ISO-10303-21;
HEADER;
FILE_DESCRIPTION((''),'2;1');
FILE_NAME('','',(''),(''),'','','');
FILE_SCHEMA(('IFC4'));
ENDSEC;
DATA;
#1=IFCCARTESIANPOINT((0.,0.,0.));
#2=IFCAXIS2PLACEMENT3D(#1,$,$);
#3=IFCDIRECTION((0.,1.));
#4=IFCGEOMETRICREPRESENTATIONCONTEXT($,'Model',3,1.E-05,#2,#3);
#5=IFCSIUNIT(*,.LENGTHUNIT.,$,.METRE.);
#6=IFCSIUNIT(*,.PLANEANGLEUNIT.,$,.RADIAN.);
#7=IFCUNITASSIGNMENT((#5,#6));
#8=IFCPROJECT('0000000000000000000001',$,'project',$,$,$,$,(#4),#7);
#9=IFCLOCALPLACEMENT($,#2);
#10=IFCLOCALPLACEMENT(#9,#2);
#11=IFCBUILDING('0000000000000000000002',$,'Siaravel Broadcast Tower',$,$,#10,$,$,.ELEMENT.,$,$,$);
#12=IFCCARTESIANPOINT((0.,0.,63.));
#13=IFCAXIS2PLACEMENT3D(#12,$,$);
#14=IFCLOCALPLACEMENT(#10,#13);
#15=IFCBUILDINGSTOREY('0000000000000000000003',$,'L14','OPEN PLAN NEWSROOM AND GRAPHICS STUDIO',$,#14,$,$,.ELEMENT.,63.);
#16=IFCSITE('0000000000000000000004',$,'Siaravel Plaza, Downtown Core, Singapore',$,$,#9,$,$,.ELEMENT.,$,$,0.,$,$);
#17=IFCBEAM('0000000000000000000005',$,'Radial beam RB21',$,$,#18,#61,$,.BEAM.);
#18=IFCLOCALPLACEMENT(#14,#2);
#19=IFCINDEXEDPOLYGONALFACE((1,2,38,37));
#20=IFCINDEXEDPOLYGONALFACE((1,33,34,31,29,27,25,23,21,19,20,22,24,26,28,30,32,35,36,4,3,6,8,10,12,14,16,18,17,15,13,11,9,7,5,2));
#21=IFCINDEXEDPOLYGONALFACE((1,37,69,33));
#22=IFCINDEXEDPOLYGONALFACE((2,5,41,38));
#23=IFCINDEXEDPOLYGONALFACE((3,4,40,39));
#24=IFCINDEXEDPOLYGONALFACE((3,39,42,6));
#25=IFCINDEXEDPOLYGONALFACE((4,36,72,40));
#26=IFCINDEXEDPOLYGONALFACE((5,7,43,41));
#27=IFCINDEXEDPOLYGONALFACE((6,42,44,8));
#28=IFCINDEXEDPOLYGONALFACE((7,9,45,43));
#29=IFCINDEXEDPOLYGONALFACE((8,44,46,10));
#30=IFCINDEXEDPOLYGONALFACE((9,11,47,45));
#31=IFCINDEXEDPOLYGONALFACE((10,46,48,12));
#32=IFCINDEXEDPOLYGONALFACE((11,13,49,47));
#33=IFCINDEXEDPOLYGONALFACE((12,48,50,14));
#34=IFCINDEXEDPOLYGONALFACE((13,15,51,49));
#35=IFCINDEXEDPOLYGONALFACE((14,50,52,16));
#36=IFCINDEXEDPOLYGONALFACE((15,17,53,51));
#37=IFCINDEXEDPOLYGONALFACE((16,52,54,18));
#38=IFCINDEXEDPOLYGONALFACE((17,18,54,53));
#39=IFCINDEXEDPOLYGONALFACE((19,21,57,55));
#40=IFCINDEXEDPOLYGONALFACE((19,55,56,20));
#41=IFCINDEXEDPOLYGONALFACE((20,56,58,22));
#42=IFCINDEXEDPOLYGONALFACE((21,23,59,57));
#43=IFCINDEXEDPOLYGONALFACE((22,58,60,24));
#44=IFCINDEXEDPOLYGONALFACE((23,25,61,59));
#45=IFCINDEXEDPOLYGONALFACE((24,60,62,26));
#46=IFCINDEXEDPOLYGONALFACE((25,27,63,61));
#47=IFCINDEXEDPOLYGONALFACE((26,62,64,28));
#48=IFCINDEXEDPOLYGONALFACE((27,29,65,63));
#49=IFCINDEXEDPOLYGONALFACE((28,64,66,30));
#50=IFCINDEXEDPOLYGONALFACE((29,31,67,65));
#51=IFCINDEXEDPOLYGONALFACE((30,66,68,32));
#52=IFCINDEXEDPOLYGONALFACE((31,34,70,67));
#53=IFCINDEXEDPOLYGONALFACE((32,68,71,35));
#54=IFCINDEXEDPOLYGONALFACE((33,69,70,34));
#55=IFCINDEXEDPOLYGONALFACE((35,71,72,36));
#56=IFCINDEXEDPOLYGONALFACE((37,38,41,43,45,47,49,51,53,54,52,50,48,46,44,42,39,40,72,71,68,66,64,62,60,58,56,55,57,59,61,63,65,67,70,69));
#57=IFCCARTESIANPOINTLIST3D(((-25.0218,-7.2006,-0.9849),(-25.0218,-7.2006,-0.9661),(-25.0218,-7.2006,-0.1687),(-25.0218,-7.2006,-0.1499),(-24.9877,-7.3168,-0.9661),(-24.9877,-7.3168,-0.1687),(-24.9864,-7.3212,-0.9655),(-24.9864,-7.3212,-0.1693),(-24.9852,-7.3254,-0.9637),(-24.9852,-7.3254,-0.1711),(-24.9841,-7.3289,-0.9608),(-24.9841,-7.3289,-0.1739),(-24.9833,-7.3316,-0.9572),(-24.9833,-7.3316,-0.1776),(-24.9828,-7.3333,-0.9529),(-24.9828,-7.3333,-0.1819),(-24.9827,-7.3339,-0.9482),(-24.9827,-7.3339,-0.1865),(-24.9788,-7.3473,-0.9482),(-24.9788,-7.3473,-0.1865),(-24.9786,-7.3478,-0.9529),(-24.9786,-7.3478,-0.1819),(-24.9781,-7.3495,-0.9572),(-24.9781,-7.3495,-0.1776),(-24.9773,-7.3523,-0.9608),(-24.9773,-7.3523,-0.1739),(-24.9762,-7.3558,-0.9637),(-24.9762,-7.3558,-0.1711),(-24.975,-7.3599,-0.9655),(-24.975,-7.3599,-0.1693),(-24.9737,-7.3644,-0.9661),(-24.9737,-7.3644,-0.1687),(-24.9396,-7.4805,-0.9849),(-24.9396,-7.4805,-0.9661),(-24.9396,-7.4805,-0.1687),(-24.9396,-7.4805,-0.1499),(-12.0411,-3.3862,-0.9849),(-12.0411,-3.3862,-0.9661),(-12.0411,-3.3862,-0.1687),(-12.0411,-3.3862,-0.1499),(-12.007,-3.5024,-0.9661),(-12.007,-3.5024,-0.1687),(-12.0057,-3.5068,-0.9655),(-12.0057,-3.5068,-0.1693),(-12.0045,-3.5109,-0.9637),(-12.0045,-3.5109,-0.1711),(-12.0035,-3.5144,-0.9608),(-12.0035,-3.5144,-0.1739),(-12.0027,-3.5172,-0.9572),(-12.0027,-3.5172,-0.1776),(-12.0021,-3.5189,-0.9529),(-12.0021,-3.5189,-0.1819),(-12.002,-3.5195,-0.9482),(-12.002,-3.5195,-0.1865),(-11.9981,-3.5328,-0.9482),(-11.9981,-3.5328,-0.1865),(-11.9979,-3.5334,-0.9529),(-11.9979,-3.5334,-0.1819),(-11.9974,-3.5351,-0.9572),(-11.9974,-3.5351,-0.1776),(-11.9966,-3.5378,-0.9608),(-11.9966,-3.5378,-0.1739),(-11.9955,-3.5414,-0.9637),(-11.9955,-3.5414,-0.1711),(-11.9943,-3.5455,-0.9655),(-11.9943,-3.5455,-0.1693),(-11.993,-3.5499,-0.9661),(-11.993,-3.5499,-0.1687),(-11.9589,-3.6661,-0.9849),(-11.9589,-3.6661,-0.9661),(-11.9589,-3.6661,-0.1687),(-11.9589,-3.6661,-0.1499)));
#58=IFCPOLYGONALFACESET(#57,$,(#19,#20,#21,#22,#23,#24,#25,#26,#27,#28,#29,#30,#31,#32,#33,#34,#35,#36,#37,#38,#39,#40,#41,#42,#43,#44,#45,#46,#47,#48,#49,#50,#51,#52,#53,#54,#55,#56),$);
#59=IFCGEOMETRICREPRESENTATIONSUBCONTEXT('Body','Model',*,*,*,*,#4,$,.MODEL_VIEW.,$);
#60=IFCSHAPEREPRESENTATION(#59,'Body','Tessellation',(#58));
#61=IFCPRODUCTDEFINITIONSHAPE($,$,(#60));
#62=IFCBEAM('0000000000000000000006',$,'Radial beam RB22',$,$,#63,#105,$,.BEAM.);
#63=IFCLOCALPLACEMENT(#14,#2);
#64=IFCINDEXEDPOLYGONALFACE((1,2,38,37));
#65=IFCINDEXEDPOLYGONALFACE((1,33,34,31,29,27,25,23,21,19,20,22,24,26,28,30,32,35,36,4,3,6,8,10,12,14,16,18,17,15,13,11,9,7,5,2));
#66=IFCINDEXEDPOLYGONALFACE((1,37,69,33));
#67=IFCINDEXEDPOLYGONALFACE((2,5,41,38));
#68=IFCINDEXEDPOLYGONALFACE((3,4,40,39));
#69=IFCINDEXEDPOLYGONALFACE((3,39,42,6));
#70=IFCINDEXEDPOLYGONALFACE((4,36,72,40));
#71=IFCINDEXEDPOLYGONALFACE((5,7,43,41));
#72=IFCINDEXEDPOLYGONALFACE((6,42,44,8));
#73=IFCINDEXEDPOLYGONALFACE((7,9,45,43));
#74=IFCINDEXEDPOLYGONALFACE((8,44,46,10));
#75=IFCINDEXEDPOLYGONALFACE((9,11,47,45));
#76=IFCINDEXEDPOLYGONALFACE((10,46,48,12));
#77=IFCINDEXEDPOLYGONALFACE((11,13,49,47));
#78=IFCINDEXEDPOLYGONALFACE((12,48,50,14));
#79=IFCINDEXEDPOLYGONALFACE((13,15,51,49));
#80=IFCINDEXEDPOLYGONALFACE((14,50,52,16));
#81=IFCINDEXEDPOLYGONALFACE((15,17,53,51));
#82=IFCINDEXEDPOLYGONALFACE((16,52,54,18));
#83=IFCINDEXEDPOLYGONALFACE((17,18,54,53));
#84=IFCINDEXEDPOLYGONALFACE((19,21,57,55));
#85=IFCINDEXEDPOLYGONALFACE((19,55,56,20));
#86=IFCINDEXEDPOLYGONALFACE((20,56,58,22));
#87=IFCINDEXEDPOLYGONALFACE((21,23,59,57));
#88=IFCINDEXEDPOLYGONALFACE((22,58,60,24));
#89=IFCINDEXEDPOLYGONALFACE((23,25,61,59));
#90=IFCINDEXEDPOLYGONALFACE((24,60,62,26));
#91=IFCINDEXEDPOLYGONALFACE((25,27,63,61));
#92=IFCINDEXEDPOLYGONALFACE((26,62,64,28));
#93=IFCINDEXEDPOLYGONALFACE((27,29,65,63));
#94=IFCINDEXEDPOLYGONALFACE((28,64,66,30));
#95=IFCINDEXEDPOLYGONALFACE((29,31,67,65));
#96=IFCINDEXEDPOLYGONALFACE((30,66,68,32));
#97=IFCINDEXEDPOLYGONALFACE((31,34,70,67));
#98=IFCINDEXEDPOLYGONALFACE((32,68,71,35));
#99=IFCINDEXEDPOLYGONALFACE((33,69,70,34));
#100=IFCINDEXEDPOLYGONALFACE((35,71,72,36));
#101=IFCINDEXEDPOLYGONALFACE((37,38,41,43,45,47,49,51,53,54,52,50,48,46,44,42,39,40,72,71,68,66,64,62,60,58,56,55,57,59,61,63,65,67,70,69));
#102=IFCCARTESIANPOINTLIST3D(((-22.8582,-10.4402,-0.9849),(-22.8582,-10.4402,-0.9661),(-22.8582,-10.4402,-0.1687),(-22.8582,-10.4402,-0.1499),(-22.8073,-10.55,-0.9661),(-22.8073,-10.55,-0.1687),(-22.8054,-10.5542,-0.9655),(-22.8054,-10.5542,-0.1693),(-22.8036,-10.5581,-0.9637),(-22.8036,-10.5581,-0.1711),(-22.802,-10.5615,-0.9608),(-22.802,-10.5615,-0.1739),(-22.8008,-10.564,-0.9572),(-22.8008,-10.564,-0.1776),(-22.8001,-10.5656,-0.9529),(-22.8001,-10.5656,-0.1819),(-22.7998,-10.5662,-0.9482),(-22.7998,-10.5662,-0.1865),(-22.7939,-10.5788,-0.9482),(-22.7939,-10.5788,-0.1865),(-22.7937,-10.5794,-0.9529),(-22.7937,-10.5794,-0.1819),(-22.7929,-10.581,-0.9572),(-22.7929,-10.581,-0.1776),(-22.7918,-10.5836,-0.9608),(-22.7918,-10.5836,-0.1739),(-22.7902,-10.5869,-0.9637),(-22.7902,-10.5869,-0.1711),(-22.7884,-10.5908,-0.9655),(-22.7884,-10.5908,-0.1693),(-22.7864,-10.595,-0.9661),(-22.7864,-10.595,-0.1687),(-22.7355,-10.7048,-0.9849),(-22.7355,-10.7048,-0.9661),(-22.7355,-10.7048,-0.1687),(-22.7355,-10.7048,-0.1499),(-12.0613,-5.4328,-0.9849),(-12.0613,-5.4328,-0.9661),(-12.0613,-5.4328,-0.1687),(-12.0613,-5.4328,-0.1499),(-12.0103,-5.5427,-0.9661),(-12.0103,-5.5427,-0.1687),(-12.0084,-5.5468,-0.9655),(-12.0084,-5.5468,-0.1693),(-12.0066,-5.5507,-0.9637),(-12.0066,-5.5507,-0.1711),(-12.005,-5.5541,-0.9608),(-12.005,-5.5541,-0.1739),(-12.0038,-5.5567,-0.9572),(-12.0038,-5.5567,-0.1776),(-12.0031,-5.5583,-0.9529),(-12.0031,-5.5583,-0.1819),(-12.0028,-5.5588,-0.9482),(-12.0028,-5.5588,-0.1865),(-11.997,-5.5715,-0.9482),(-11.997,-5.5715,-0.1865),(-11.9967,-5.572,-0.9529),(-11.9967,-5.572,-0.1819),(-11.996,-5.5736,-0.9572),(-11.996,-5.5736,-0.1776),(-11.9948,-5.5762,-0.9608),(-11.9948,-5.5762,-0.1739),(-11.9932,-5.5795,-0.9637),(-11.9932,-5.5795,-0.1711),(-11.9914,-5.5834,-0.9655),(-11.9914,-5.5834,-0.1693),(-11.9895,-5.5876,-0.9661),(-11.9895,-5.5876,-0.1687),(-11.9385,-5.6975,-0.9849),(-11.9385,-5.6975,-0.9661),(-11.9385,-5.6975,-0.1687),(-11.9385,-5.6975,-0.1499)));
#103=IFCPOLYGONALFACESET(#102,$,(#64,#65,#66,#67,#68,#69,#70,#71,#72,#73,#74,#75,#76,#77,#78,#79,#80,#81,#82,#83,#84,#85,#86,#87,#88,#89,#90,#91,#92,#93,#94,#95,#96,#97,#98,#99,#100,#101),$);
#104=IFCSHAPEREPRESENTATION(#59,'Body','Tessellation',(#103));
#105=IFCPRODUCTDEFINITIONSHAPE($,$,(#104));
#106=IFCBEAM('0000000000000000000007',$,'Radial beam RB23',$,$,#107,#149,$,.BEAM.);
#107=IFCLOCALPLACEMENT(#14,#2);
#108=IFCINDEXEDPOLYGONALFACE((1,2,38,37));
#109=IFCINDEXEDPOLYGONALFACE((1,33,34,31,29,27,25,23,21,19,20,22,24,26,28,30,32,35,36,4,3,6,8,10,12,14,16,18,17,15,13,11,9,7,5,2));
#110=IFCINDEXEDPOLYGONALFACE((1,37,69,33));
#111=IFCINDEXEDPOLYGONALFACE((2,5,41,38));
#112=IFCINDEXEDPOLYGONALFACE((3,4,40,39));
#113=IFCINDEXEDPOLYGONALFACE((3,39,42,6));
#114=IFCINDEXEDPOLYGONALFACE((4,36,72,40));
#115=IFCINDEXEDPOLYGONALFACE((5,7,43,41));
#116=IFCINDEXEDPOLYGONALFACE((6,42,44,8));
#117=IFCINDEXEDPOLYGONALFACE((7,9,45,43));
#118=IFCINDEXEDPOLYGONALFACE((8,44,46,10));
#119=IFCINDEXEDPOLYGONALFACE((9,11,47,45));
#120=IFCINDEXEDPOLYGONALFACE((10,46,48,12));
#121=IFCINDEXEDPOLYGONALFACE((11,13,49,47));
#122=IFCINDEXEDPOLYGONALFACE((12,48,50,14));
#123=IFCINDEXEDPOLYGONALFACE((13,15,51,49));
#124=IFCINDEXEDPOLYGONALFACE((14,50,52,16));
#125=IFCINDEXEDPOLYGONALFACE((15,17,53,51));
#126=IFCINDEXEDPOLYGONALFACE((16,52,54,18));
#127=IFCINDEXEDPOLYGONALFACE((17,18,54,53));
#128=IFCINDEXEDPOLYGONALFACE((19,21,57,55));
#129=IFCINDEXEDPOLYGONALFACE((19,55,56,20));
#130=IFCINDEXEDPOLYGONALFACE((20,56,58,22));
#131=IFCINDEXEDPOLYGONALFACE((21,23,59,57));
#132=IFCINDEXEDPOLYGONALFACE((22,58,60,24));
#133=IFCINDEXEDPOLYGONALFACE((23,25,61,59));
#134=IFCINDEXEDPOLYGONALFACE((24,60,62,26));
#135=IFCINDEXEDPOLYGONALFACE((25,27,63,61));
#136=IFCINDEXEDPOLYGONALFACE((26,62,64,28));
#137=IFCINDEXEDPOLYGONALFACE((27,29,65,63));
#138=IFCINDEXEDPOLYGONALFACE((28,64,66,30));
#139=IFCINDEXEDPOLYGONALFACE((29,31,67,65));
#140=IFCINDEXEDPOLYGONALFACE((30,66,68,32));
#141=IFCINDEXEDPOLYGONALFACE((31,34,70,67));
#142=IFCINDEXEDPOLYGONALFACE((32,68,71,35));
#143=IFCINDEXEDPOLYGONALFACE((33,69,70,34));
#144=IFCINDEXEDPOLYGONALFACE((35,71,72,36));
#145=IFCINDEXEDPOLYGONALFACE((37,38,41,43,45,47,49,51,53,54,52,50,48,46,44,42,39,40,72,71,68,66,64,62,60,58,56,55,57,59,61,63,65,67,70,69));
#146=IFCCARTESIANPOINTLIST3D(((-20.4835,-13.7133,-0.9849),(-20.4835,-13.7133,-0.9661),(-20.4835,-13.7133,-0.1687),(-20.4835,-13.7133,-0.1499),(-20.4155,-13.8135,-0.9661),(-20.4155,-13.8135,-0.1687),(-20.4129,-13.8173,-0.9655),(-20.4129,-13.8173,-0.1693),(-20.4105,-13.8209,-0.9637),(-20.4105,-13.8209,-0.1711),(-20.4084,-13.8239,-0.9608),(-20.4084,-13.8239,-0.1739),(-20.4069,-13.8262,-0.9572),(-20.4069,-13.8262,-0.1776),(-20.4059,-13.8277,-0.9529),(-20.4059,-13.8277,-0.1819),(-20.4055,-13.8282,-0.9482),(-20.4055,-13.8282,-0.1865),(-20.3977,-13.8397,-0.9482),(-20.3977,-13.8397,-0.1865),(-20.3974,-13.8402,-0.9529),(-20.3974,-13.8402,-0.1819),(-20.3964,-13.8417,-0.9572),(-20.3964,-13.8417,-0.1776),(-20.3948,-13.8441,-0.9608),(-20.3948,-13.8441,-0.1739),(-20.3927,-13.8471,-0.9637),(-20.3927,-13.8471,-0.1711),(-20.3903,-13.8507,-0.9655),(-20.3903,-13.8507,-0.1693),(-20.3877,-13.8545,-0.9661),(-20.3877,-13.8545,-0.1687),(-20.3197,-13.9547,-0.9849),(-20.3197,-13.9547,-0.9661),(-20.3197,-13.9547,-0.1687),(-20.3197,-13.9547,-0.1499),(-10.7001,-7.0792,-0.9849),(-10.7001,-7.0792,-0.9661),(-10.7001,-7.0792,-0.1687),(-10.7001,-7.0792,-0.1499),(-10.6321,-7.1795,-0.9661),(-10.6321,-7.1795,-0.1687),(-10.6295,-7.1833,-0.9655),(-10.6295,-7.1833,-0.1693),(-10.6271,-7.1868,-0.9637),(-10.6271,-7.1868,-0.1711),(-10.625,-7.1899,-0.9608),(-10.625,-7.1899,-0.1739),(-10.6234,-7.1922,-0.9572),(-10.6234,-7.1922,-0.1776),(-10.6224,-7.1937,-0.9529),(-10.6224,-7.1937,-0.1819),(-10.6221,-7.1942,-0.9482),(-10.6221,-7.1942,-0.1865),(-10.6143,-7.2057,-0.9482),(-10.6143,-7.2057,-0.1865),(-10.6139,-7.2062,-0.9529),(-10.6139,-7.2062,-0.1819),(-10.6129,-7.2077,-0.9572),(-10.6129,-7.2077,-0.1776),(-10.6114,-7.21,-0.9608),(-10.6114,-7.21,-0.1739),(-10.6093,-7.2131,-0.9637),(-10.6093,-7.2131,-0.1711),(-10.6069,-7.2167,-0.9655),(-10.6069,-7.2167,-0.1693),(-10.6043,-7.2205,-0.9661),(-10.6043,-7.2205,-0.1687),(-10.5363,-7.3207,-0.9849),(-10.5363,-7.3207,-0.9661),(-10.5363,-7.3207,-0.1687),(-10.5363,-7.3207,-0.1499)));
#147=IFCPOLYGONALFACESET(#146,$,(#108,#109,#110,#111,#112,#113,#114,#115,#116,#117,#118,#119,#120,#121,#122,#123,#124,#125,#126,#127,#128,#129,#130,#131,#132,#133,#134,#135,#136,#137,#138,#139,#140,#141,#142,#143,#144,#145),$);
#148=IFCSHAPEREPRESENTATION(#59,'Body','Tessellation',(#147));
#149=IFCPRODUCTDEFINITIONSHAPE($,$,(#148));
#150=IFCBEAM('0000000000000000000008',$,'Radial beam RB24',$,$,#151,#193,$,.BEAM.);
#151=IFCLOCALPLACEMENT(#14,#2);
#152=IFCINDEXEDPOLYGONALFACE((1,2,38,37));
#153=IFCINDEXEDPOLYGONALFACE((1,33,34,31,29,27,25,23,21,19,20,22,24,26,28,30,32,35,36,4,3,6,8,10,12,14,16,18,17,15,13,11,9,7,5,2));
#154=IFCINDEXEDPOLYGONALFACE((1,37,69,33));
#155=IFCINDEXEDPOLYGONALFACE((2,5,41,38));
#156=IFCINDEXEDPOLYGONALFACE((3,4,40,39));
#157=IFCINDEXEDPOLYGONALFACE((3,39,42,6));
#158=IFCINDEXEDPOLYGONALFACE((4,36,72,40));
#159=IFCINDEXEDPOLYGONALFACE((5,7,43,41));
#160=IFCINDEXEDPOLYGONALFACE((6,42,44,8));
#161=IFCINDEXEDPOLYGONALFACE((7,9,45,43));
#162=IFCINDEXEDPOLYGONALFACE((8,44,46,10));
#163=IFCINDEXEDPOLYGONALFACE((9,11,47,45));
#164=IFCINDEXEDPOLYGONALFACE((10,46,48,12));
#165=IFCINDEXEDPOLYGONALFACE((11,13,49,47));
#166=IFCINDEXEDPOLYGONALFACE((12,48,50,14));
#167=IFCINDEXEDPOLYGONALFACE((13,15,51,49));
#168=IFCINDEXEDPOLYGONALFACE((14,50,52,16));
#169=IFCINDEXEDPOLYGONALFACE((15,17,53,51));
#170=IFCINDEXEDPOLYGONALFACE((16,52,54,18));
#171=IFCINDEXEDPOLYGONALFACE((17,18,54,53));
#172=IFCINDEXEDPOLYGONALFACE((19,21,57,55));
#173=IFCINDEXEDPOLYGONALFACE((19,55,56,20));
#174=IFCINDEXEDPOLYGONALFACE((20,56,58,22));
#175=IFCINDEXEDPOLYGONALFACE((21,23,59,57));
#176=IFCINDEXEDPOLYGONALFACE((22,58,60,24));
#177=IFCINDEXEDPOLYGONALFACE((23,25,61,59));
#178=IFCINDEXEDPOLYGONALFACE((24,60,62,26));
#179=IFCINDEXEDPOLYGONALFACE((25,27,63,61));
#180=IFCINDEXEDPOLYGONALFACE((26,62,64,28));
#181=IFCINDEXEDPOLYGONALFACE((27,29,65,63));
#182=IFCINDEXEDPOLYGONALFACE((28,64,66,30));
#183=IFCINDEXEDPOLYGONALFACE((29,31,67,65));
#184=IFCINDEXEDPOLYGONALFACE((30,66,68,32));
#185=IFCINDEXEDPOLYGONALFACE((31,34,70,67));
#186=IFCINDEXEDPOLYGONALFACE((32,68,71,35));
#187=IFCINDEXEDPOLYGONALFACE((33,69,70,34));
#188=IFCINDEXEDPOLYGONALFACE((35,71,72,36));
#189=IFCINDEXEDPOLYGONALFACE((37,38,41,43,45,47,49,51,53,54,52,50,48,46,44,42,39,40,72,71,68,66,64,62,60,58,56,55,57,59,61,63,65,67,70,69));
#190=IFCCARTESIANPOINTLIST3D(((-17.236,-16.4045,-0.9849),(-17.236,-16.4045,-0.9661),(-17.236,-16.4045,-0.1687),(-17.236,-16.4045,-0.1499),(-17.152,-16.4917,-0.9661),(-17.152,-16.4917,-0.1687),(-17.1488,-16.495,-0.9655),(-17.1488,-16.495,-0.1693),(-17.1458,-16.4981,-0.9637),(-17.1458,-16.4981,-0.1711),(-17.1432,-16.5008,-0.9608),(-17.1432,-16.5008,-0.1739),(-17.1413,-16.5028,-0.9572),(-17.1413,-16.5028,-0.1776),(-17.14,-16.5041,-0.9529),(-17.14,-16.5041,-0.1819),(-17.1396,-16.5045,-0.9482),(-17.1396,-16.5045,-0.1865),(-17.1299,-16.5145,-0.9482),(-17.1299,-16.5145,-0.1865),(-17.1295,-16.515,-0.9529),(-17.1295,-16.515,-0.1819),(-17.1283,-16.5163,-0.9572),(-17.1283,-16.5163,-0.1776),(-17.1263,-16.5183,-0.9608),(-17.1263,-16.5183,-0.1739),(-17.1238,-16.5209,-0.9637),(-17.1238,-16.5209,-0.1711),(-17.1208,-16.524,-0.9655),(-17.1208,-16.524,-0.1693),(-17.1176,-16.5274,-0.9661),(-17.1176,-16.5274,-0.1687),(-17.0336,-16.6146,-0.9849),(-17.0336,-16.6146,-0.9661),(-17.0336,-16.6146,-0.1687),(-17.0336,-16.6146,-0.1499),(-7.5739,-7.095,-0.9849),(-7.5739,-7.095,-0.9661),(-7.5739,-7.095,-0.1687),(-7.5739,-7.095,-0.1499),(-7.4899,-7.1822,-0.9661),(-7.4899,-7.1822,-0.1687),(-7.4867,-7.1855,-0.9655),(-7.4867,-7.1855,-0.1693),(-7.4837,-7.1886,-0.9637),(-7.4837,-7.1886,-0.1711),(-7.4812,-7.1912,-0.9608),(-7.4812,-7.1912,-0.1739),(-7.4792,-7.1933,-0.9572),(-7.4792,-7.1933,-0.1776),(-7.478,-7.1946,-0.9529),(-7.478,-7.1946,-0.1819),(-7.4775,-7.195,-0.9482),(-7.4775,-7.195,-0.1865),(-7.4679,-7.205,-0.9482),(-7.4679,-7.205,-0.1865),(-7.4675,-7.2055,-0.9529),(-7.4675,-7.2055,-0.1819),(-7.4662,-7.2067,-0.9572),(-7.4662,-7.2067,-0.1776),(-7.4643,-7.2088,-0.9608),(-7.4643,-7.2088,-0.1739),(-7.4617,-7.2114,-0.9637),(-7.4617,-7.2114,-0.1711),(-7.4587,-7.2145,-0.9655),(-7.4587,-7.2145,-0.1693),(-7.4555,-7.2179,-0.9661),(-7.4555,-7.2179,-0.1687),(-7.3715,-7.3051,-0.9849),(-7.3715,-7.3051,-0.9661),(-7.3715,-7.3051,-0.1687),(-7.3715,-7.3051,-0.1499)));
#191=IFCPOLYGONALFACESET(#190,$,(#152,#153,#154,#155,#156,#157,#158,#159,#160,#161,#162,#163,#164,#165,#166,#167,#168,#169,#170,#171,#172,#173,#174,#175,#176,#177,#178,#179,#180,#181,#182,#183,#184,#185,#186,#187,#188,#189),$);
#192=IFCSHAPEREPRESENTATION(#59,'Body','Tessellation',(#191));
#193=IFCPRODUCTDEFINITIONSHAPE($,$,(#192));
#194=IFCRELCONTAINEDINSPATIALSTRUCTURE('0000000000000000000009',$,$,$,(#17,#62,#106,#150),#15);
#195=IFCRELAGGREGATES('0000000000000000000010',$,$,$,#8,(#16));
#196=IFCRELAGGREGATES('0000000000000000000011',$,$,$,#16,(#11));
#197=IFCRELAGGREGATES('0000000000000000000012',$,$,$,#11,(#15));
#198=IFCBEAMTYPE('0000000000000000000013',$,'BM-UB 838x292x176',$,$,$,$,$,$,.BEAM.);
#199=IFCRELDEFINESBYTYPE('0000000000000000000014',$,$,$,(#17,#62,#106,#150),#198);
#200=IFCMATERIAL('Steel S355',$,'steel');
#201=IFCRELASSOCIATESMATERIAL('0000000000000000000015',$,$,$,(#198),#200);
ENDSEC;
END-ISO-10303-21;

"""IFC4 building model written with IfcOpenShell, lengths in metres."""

from ifc_helpers import new_model, si_unit, direction, frame, origin, origin_2d, place, context, subcontext, project, spatial, i_section, extrude, material, material_profile, profile_set, type_object, element, save


model = new_model("IFC4")

# Units and contexts
model_context = context("Model", 3, precision=1e-05, world=origin(), true_north=direction((0.0, 1.0)))
body_context = subcontext(model_context, "Body", "Model", "MODEL_VIEW")
ifc_project = project(units=[si_unit("LENGTHUNIT", "METRE"), si_unit("PLANEANGLEUNIT", "RADIAN")], contexts=[model_context])

# Site, building, storey
site_placement = place(None, origin())
site = spatial("IfcSite", under=ifc_project, at=site_placement, Name="Siaravel Plaza, Downtown Core, Singapore", CompositionType="ELEMENT", RefElevation=0.0)
building_placement = place(site_placement, origin())
building = spatial("IfcBuilding", under=site, at=building_placement, Name="Siaravel Broadcast Tower", CompositionType="ELEMENT")
storey_placement = place(building_placement, frame((0.0, 0.0, 63.0)))
storey = spatial("IfcBuildingStorey", under=building, at=storey_placement, Name="L14", Description="OPEN PLAN NEWSROOM AND GRAPHICS STUDIO", CompositionType="ELEMENT", Elevation=63.0)

# Beams
ifc_material_1 = material(Name="Steel S355", Category="steel")
ifc_material_profile_1 = material_profile(ifc_material_1, i_section(OverallWidth=0.2917, OverallDepth=0.835, WebThickness=0.0139, FlangeThickness=0.0188, FilletRadius=0.0178, at=origin_2d()))
ifc_profile_set_1 = profile_set([ifc_material_profile_1], Name="Steel S355")
beam_type = type_object("IfcBeamType", Name="BM-UB 838x292x176", PredefinedType="BEAM", material=ifc_profile_set_1)
beam_1_placement = place(storey_placement, frame((-24.9807, -7.3406, -0.5674), z_axis=(0.959434, 0.281935, 0.0), x_axis=(-0.281935, 0.959434, 0.0)))
element("IfcBeam", 1, at=beam_1_placement, inside=storey, type_object=beam_type, Name="Radial beam RB21", PredefinedType="BEAM", context=body_context, shape_type="SweptSolid", body=[
    extrude(i_section(OverallWidth=0.2917, OverallDepth=0.835, WebThickness=0.0139, FlangeThickness=0.0188, FilletRadius=0.0178, at=origin_2d()), origin(), (0.0, 0.0, 1.0), 13.5295),
])
beam_2_placement = place(storey_placement, frame((-22.7969, -10.5725, -0.5674), z_axis=(0.907186, 0.42073, 0.0), x_axis=(-0.42073, 0.907186, 0.0)))
element("IfcBeam", 2, at=beam_2_placement, inside=storey, type_object=beam_type, Name="Radial beam RB22", PredefinedType="BEAM", context=body_context, shape_type="SweptSolid", body=[
    extrude(i_section(OverallWidth=0.2917, OverallDepth=0.835, WebThickness=0.0139, FlangeThickness=0.0188, FilletRadius=0.0178, at=origin_2d()), origin(), (0.0, 0.0, 1.0), 11.9016),
])
beam_3_placement = place(storey_placement, frame((-20.4016, -13.834, -0.5674), z_axis=(0.827662, 0.561227, 0.0), x_axis=(-0.561227, 0.827662, 0.0)))
element("IfcBeam", 3, at=beam_3_placement, inside=storey, type_object=beam_type, Name="Radial beam RB23", PredefinedType="BEAM", context=body_context, shape_type="SweptSolid", body=[
    extrude(i_section(OverallWidth=0.2917, OverallDepth=0.835, WebThickness=0.0139, FlangeThickness=0.0188, FilletRadius=0.0178, at=origin_2d()), origin(), (0.0, 0.0, 1.0), 11.8206),
])
beam_4_placement = place(storey_placement, frame((-17.1348, -16.5095, -0.5674), z_axis=(0.720122, 0.693847, 0.0), x_axis=(-0.693847, 0.720122, 0.0)))
element("IfcBeam", 4, at=beam_4_placement, inside=storey, type_object=beam_type, Name="Radial beam RB24", PredefinedType="BEAM", context=body_context, shape_type="SweptSolid", body=[
    extrude(i_section(OverallWidth=0.2917, OverallDepth=0.835, WebThickness=0.0139, FlangeThickness=0.0188, FilletRadius=0.0178, at=origin_2d()), origin(), (0.0, 0.0, 1.0), 13.4172),
])

save(model, "model.ifc")
